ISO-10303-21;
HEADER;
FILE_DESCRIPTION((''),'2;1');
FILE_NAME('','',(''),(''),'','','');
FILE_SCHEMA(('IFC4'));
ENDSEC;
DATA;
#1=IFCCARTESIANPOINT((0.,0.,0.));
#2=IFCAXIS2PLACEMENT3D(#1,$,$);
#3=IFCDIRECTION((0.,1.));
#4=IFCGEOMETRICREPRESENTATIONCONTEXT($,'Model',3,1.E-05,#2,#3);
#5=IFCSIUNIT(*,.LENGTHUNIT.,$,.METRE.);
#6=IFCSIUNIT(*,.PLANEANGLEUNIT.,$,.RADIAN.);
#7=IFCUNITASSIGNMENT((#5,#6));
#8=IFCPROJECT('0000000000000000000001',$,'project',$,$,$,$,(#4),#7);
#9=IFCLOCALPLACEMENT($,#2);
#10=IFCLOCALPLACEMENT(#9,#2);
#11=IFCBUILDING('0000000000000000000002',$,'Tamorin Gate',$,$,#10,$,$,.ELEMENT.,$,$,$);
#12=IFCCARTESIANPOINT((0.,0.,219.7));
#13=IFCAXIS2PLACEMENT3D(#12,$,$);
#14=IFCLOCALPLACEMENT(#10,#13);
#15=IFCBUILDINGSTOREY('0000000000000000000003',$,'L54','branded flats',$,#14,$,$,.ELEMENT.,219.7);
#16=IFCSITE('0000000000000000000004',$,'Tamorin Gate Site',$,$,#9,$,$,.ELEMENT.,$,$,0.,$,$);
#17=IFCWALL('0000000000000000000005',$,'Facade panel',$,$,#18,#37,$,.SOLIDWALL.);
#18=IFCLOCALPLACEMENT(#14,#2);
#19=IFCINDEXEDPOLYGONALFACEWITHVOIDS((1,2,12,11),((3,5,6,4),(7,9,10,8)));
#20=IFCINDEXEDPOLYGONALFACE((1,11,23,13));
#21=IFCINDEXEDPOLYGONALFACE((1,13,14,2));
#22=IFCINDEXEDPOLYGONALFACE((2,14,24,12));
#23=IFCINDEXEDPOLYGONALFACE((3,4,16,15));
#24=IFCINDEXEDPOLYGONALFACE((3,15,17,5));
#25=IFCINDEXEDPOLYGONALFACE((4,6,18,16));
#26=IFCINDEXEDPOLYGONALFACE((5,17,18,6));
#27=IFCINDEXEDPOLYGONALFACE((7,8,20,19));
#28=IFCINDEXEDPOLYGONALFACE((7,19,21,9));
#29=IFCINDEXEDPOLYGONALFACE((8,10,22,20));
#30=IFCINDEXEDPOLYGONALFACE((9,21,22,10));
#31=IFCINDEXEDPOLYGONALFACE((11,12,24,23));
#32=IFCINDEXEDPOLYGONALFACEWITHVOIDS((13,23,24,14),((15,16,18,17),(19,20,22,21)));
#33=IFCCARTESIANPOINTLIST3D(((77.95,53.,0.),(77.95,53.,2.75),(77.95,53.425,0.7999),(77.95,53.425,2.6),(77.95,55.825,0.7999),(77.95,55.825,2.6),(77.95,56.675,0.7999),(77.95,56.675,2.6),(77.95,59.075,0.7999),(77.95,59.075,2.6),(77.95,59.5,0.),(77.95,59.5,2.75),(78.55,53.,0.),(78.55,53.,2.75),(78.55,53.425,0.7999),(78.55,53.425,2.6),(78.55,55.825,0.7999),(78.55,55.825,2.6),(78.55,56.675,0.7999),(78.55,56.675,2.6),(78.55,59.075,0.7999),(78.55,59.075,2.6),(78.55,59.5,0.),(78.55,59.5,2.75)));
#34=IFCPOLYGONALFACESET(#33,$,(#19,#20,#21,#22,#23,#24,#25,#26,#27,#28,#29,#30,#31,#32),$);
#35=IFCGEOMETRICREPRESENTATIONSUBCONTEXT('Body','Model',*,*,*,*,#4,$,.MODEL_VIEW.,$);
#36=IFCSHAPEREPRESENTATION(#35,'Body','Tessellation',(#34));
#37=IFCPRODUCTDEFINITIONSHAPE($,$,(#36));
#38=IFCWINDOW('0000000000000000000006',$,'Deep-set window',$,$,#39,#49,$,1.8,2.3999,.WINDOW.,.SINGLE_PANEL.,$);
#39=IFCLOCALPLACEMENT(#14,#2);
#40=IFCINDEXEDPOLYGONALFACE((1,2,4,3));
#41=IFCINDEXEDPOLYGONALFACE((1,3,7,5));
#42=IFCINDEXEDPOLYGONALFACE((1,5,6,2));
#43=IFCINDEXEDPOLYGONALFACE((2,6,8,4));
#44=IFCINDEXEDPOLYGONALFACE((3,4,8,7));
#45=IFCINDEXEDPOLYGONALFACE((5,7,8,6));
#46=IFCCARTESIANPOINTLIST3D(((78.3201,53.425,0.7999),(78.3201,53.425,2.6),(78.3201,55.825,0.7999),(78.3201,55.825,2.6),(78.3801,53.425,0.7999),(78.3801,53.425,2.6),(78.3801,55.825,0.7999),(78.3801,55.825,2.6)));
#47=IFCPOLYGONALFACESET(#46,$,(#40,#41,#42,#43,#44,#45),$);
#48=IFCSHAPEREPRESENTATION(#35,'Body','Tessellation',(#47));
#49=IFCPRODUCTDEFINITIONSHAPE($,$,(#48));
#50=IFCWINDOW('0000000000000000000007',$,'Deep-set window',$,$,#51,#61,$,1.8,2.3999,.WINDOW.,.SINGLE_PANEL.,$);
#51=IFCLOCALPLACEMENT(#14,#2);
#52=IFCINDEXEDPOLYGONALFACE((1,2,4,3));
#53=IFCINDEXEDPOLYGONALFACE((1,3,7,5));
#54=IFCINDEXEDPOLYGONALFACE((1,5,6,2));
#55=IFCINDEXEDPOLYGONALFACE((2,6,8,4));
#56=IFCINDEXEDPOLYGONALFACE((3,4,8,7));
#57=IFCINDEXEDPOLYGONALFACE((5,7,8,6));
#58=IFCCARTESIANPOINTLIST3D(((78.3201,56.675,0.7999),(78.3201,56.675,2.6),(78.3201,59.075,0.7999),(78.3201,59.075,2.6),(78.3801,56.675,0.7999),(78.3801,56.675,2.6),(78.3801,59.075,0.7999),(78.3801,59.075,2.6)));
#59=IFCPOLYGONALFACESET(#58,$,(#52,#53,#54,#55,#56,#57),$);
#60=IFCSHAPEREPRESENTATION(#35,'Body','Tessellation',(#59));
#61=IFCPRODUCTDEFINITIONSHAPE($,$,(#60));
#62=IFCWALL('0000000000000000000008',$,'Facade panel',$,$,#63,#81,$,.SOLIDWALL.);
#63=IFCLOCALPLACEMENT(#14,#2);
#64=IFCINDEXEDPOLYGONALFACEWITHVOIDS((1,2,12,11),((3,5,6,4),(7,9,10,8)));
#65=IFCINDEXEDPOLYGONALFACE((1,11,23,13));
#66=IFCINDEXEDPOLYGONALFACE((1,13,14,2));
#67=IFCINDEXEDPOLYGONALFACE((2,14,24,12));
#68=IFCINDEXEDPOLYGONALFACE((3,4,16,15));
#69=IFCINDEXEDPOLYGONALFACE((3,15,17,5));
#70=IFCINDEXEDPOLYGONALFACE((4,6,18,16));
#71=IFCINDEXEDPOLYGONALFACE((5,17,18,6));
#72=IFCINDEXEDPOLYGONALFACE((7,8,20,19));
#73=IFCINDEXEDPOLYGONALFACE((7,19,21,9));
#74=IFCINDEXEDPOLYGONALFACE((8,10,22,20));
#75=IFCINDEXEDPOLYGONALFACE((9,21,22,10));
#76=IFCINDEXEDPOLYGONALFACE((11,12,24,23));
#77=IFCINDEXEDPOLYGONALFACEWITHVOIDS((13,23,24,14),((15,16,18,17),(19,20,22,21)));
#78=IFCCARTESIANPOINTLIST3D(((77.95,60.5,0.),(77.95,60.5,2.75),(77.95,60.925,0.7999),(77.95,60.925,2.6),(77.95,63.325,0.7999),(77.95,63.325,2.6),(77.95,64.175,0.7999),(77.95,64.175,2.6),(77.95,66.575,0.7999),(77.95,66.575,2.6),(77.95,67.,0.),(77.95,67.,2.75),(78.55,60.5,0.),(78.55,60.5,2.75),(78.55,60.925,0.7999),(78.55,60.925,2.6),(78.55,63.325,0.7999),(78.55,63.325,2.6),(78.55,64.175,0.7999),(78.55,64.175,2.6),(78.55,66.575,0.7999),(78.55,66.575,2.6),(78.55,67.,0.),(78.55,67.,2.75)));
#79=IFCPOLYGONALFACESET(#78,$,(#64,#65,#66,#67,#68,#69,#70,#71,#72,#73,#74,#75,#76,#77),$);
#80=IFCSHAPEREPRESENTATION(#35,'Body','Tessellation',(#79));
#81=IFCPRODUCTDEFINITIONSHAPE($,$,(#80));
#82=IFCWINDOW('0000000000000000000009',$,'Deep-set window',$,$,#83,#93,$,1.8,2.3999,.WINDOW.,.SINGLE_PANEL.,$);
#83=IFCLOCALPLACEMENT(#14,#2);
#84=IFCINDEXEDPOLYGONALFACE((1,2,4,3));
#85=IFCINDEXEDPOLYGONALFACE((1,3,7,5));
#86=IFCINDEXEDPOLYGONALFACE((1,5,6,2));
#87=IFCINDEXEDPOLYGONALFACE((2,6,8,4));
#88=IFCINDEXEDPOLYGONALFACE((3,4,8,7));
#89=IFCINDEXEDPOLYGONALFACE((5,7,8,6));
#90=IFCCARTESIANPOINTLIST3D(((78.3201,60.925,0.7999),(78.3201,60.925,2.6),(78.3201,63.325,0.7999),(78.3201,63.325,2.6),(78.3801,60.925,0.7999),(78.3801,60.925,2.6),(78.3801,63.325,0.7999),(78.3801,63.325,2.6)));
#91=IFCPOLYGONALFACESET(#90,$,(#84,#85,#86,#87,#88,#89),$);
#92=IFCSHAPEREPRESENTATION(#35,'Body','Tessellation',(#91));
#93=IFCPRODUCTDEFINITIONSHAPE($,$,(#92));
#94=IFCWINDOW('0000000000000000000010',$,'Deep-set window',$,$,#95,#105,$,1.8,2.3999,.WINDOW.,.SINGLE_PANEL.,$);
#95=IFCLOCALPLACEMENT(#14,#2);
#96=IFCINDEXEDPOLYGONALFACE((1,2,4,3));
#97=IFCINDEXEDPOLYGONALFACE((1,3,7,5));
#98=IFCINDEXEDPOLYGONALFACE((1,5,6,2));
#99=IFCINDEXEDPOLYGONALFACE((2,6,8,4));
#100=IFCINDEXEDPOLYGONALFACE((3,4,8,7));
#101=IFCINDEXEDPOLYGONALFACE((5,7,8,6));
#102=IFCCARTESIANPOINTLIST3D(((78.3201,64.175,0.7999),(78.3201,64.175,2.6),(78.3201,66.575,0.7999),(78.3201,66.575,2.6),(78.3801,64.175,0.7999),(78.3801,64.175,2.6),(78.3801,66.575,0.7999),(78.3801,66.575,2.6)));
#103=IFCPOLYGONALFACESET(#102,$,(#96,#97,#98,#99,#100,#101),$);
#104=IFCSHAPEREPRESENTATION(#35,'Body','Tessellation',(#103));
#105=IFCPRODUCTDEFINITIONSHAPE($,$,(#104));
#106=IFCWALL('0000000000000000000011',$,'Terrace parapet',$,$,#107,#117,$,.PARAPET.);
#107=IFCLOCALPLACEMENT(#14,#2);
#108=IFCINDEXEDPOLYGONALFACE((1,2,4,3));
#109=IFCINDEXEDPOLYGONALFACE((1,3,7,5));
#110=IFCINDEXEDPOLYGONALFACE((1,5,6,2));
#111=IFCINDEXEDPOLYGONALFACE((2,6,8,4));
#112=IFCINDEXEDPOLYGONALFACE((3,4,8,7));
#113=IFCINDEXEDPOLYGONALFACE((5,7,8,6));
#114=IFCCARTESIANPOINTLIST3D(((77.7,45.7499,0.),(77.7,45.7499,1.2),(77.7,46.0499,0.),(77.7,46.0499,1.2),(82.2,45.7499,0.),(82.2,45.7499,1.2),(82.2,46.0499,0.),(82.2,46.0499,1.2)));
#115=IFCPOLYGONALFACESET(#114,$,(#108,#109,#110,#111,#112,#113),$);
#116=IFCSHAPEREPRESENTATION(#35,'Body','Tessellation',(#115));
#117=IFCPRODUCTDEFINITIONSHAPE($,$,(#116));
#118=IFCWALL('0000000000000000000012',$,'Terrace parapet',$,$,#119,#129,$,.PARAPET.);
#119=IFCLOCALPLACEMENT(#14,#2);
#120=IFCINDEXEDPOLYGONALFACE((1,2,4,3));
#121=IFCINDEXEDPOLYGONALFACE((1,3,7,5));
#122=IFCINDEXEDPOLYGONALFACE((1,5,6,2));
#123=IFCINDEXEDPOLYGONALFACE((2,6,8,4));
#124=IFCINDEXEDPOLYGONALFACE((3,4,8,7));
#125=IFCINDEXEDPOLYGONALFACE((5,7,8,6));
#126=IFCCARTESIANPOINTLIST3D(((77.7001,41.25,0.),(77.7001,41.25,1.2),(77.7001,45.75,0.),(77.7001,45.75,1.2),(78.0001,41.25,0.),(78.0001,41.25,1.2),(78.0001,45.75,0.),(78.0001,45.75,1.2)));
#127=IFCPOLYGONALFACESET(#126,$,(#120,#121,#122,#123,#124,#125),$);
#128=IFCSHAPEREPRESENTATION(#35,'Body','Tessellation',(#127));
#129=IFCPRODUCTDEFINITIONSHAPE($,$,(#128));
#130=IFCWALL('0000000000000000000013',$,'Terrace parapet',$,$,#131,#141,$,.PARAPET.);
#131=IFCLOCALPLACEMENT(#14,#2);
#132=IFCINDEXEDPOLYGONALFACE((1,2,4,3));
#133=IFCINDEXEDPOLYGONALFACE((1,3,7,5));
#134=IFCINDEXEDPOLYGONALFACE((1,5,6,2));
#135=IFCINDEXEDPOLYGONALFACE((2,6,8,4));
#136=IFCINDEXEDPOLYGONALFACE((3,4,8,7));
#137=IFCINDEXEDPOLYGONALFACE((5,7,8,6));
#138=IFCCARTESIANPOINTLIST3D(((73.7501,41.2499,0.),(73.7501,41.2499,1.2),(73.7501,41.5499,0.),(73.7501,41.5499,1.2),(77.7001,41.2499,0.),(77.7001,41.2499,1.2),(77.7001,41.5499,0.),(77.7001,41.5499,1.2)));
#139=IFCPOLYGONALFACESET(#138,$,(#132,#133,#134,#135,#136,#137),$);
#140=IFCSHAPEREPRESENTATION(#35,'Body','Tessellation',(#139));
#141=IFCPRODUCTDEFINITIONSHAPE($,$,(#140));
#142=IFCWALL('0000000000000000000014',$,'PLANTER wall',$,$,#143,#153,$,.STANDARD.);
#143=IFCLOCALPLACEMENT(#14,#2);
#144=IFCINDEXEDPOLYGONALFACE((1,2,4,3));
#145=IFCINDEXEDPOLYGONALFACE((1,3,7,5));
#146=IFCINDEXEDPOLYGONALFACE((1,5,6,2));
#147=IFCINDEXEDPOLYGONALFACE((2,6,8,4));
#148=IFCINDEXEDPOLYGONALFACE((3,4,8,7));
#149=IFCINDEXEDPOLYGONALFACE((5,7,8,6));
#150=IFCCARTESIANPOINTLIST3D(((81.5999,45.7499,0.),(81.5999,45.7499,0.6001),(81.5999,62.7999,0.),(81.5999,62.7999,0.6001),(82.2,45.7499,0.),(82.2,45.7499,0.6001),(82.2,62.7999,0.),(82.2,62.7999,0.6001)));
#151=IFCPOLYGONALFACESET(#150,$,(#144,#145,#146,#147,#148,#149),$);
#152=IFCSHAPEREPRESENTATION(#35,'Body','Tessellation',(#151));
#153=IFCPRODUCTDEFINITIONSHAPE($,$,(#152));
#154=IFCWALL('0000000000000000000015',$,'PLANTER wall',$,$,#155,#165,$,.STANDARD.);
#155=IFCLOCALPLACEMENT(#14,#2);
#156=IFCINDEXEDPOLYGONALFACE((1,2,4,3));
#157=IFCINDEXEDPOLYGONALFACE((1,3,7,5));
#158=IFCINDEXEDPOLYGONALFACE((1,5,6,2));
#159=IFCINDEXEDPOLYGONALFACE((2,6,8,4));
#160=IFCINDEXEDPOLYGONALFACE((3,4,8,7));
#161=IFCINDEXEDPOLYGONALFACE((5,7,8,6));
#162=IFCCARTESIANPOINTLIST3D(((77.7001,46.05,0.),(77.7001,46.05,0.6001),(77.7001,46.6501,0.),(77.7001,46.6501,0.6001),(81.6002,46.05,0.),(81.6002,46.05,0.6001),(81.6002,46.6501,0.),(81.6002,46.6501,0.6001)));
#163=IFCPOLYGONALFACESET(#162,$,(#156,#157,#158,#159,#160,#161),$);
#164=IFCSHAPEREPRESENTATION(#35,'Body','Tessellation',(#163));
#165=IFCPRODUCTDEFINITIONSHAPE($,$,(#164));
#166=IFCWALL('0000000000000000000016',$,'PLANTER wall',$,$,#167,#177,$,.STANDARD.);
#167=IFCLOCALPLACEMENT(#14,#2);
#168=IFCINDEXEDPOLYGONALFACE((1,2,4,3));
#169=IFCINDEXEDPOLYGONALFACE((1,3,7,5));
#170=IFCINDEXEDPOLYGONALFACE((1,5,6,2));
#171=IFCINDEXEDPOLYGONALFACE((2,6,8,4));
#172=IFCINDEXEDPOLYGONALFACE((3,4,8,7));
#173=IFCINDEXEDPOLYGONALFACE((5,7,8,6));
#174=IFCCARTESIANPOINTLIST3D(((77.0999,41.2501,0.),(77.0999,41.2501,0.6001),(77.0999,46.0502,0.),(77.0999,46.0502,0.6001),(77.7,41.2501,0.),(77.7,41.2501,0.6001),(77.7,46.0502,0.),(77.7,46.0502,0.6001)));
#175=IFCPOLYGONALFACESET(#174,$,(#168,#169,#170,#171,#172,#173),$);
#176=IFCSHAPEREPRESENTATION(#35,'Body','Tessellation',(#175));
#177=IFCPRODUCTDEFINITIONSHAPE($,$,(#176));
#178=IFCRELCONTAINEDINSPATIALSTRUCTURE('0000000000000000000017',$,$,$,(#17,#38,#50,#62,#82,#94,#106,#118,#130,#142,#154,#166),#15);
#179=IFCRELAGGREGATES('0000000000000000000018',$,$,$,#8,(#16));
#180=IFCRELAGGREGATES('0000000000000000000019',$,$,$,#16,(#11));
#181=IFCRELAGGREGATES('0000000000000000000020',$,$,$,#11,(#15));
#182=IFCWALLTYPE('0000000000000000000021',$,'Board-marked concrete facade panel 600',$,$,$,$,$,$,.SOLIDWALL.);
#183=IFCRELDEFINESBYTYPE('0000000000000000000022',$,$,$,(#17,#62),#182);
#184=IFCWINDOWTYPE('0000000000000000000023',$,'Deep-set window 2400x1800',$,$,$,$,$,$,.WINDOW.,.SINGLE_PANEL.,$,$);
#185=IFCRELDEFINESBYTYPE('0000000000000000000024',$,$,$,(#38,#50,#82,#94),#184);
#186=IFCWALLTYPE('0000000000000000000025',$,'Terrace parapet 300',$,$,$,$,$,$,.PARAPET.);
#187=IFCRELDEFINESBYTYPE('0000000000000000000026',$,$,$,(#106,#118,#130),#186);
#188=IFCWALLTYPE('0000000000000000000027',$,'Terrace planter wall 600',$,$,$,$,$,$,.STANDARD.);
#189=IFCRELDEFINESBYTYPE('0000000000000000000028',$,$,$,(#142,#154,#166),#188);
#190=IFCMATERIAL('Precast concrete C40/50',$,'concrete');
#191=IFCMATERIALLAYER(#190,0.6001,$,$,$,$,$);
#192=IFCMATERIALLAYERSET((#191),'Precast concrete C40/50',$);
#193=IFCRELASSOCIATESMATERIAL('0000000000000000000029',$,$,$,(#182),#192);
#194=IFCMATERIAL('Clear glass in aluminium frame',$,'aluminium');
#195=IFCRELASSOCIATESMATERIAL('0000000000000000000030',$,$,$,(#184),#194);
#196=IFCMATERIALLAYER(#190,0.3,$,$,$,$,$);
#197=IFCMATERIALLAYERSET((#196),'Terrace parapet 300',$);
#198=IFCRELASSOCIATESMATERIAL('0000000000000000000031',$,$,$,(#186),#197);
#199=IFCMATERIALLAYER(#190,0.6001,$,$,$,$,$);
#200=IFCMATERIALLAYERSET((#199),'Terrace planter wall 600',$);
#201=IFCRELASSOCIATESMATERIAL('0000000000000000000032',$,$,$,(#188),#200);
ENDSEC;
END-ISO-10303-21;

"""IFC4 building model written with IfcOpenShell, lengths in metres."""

from ifc_helpers import new_model, si_unit, direction, frame, frame_2d, origin, place, context, subcontext, project, spatial, rectangle, extrude, material, layer, layer_set, type_object, element, fill, save


model = new_model("IFC4")

# Units and contexts
model_context = context("Model", 3, precision=1e-05, world=origin(), true_north=direction((0.0, 1.0)))
body_context = subcontext(model_context, "Body", "Model", "MODEL_VIEW")
ifc_project = project(units=[si_unit("LENGTHUNIT", "METRE"), si_unit("PLANEANGLEUNIT", "RADIAN")], contexts=[model_context])

# Site, building, storey
site_placement = place(None, origin())
site = spatial("IfcSite", under=ifc_project, at=site_placement, Name="Tamorin Gate Site", CompositionType="ELEMENT", RefElevation=0.0)
building_placement = place(site_placement, origin())
building = spatial("IfcBuilding", under=site, at=building_placement, Name="Tamorin Gate", CompositionType="ELEMENT")
storey_placement = place(building_placement, frame((0.0, 0.0, 219.7)))
storey = spatial("IfcBuildingStorey", under=building, at=storey_placement, Name="L54", Description="branded flats", CompositionType="ELEMENT", Elevation=219.7)

# Shared definitions
ifc_material_1 = material(Name="Precast concrete C40/50", Category="concrete")
ifc_layer_1 = layer(ifc_material_1, 0.6001)
ifc_layer_set_1 = layer_set([ifc_layer_1], Name="Precast concrete C40/50")
wall_type_1 = type_object("IfcWallType", Name="Board-marked concrete facade panel 600", PredefinedType="SOLIDWALL", material=ifc_layer_set_1)
ifc_material_2 = material(Name="Clear glass in aluminium frame", Category="aluminium")
window_type_1 = type_object("IfcWindowType", Name="Deep-set window 2400x1800", PartitioningType="SINGLE_PANEL", PredefinedType="WINDOW", material=ifc_material_2)

# Walls, openings, windows
wall_1_placement = place(storey_placement, frame((78.25, 53.0, 0.0), z_axis=(0.0, 0.0, 1.0), x_axis=(0.0, 1.0, 0.0)))
wall_1 = element("IfcWall", 1, at=wall_1_placement, inside=storey, type_object=wall_type_1, Name="Facade panel", PredefinedType="SOLIDWALL", context=body_context, shape_type="SweptSolid", body=[
    extrude(rectangle(XDim=6.5, YDim=0.6001, at=frame_2d((3.25, 0.0))), origin(), (0.0, 0.0, 1.0), 2.75),
])
opening_1_placement = place(wall_1_placement, frame((0.425, 0.0, 0.8)))
opening_1 = element("IfcOpeningElement", 2, at=opening_1_placement, cuts=wall_1, PredefinedType="OPENING", context=body_context, shape_type="SweptSolid", body=[
    extrude(rectangle(XDim=2.3999, YDim=1.8, at=frame_2d((1.2, 0.8999))), frame((0.0, 0.3101, 0.0), z_axis=(0.0, -1.0, 0.0), x_axis=(1.0, 0.0, 0.0)), (0.0, 0.0, 1.0), 0.6201),
])
opening_2_placement = place(wall_1_placement, frame((3.675, 0.0, 0.8)))
opening_2 = element("IfcOpeningElement", 3, at=opening_2_placement, cuts=wall_1, PredefinedType="OPENING", context=body_context, shape_type="SweptSolid", body=[
    extrude(rectangle(XDim=2.3999, YDim=1.8, at=frame_2d((1.2, 0.8999))), frame((0.0, 0.3101, 0.0), z_axis=(0.0, -1.0, 0.0), x_axis=(1.0, 0.0, 0.0)), (0.0, 0.0, 1.0), 0.6201),
])
window_1_placement = place(opening_1_placement, origin())
window_1 = element("IfcWindow", 4, at=window_1_placement, inside=storey, type_object=window_type_1, Name="Deep-set window", OverallHeight=1.8, OverallWidth=2.3999, PartitioningType="SINGLE_PANEL", PredefinedType="WINDOW", context=body_context, shape_type="SweptSolid", body=[
    extrude(rectangle(XDim=2.3999, YDim=1.8, at=frame_2d((1.2, 0.8999))), frame((0.0, -0.0701, 0.0), z_axis=(0.0, -1.0, 0.0), x_axis=(1.0, 0.0, 0.0)), (0.0, 0.0, 1.0), 0.0601),
])
fill(opening_1, window_1)
window_2_placement = place(opening_2_placement, origin())
window_2 = element("IfcWindow", 5, at=window_2_placement, inside=storey, type_object=window_type_1, Name="Deep-set window", OverallHeight=1.8, OverallWidth=2.3999, PartitioningType="SINGLE_PANEL", PredefinedType="WINDOW", context=body_context, shape_type="SweptSolid", body=[
    extrude(rectangle(XDim=2.3999, YDim=1.8, at=frame_2d((1.2, 0.8999))), frame((0.0, -0.0701, 0.0), z_axis=(0.0, -1.0, 0.0), x_axis=(1.0, 0.0, 0.0)), (0.0, 0.0, 1.0), 0.0601),
])
fill(opening_2, window_2)
wall_2_placement = place(storey_placement, frame((78.25, 60.5, 0.0), z_axis=(0.0, 0.0, 1.0), x_axis=(0.0, 1.0, 0.0)))
wall_2 = element("IfcWall", 6, at=wall_2_placement, inside=storey, type_object=wall_type_1, Name="Facade panel", PredefinedType="SOLIDWALL", context=body_context, shape_type="SweptSolid", body=[
    extrude(rectangle(XDim=6.5, YDim=0.6001, at=frame_2d((3.25, 0.0))), origin(), (0.0, 0.0, 1.0), 2.75),
])
opening_3_placement = place(wall_2_placement, frame((0.425, 0.0, 0.8)))
opening_3 = element("IfcOpeningElement", 7, at=opening_3_placement, cuts=wall_2, PredefinedType="OPENING", context=body_context, shape_type="SweptSolid", body=[
    extrude(rectangle(XDim=2.3999, YDim=1.8, at=frame_2d((1.2, 0.8999))), frame((0.0, 0.3101, 0.0), z_axis=(0.0, -1.0, 0.0), x_axis=(1.0, 0.0, 0.0)), (0.0, 0.0, 1.0), 0.6201),
])
opening_4_placement = place(wall_2_placement, frame((3.675, 0.0, 0.8)))
opening_4 = element("IfcOpeningElement", 8, at=opening_4_placement, cuts=wall_2, PredefinedType="OPENING", context=body_context, shape_type="SweptSolid", body=[
    extrude(rectangle(XDim=2.3999, YDim=1.8, at=frame_2d((1.2, 0.8999))), frame((0.0, 0.3101, 0.0), z_axis=(0.0, -1.0, 0.0), x_axis=(1.0, 0.0, 0.0)), (0.0, 0.0, 1.0), 0.6201),
])
window_3_placement = place(opening_3_placement, origin())
window_3 = element("IfcWindow", 9, at=window_3_placement, inside=storey, type_object=window_type_1, Name="Deep-set window", OverallHeight=1.8, OverallWidth=2.3999, PartitioningType="SINGLE_PANEL", PredefinedType="WINDOW", context=body_context, shape_type="SweptSolid", body=[
    extrude(rectangle(XDim=2.3999, YDim=1.8, at=frame_2d((1.2, 0.8999))), frame((0.0, -0.0701, 0.0), z_axis=(0.0, -1.0, 0.0), x_axis=(1.0, 0.0, 0.0)), (0.0, 0.0, 1.0), 0.0601),
])
fill(opening_3, window_3)
window_4_placement = place(opening_4_placement, origin())
window_4 = element("IfcWindow", 10, at=window_4_placement, inside=storey, type_object=window_type_1, Name="Deep-set window", OverallHeight=1.8, OverallWidth=2.3999, PartitioningType="SINGLE_PANEL", PredefinedType="WINDOW", context=body_context, shape_type="SweptSolid", body=[
    extrude(rectangle(XDim=2.3999, YDim=1.8, at=frame_2d((1.2, 0.8999))), frame((0.0, -0.0701, 0.0), z_axis=(0.0, -1.0, 0.0), x_axis=(1.0, 0.0, 0.0)), (0.0, 0.0, 1.0), 0.0601),
])
fill(opening_4, window_4)

# Walls
ifc_layer_2 = layer(ifc_material_1, 0.3)
ifc_layer_set_2 = layer_set([ifc_layer_2], Name="Terrace parapet 300")
wall_type_2 = type_object("IfcWallType", Name="Terrace parapet 300", PredefinedType="PARAPET", material=ifc_layer_set_2)
for number, where, z_axis, x_axis, name in (
    (11, (77.7, 45.8999, 0.0), (0.0, 0.0, 1.0), (1.0, 0.0, 0.0), "Terrace parapet"),
    (12, (77.8501, 41.25, 0.0), (0.0, 0.0, 1.0), (0.0, 1.0, 0.0), "Terrace parapet"),
):
    element("IfcWall", number, at=place(storey_placement, frame(where, z_axis=z_axis, x_axis=x_axis)), inside=storey, type_object=wall_type_2, Name=name, PredefinedType="PARAPET", context=body_context, shape_type="SweptSolid", body=[
        extrude(rectangle(XDim=4.5, YDim=0.3, at=frame_2d((2.25, 0.0))), origin(), (0.0, 0.0, 1.0), 1.2),
    ])
wall_3_placement = place(storey_placement, frame((73.75, 41.3999, 0.0), z_axis=(0.0, 0.0, 1.0), x_axis=(1.0, 0.0, 0.0)))
element("IfcWall", 13, at=wall_3_placement, inside=storey, type_object=wall_type_2, Name="Terrace parapet", PredefinedType="PARAPET", context=body_context, shape_type="SweptSolid", body=[
    extrude(rectangle(XDim=3.95, YDim=0.3, at=frame_2d((1.9751, 0.0))), origin(), (0.0, 0.0, 1.0), 1.2),
])
ifc_layer_3 = layer(ifc_material_1, 0.6001)
ifc_layer_set_3 = layer_set([ifc_layer_3], Name="Terrace planter wall 600")
wall_type_3 = type_object("IfcWallType", Name="Terrace planter wall 600", PredefinedType="STANDARD", material=ifc_layer_set_3)
wall_4_placement = place(storey_placement, frame((81.8999, 45.75, 0.0), z_axis=(0.0, 0.0, 1.0), x_axis=(0.0, 1.0, 0.0)))
element("IfcWall", 14, at=wall_4_placement, inside=storey, type_object=wall_type_3, Name="PLANTER wall", PredefinedType="STANDARD", context=body_context, shape_type="SweptSolid", body=[
    extrude(rectangle(XDim=17.05, YDim=0.6001, at=frame_2d((8.5249, 0.0))), origin(), (0.0, 0.0, 1.0), 0.6001),
])
wall_5_placement = place(storey_placement, frame((77.7, 46.3501, 0.0), z_axis=(0.0, 0.0, 1.0), x_axis=(1.0, 0.0, 0.0)))
element("IfcWall", 15, at=wall_5_placement, inside=storey, type_object=wall_type_3, Name="PLANTER wall", PredefinedType="STANDARD", context=body_context, shape_type="SweptSolid", body=[
    extrude(rectangle(XDim=3.9001, YDim=0.6001, at=frame_2d((1.9502, 0.0))), origin(), (0.0, 0.0, 1.0), 0.6001),
])
wall_6_placement = place(storey_placement, frame((77.3999, 46.05, 0.0), z_axis=(0.0, 0.0, 1.0), x_axis=(0.0, -1.0, 0.0)))
element("IfcWall", 16, at=wall_6_placement, inside=storey, type_object=wall_type_3, Name="PLANTER wall", PredefinedType="STANDARD", context=body_context, shape_type="SweptSolid", body=[
    extrude(rectangle(XDim=4.8, YDim=0.6001, at=frame_2d((2.3999, 0.0))), origin(), (0.0, 0.0, 1.0), 0.6001),
])

save(model, "model.ifc")
